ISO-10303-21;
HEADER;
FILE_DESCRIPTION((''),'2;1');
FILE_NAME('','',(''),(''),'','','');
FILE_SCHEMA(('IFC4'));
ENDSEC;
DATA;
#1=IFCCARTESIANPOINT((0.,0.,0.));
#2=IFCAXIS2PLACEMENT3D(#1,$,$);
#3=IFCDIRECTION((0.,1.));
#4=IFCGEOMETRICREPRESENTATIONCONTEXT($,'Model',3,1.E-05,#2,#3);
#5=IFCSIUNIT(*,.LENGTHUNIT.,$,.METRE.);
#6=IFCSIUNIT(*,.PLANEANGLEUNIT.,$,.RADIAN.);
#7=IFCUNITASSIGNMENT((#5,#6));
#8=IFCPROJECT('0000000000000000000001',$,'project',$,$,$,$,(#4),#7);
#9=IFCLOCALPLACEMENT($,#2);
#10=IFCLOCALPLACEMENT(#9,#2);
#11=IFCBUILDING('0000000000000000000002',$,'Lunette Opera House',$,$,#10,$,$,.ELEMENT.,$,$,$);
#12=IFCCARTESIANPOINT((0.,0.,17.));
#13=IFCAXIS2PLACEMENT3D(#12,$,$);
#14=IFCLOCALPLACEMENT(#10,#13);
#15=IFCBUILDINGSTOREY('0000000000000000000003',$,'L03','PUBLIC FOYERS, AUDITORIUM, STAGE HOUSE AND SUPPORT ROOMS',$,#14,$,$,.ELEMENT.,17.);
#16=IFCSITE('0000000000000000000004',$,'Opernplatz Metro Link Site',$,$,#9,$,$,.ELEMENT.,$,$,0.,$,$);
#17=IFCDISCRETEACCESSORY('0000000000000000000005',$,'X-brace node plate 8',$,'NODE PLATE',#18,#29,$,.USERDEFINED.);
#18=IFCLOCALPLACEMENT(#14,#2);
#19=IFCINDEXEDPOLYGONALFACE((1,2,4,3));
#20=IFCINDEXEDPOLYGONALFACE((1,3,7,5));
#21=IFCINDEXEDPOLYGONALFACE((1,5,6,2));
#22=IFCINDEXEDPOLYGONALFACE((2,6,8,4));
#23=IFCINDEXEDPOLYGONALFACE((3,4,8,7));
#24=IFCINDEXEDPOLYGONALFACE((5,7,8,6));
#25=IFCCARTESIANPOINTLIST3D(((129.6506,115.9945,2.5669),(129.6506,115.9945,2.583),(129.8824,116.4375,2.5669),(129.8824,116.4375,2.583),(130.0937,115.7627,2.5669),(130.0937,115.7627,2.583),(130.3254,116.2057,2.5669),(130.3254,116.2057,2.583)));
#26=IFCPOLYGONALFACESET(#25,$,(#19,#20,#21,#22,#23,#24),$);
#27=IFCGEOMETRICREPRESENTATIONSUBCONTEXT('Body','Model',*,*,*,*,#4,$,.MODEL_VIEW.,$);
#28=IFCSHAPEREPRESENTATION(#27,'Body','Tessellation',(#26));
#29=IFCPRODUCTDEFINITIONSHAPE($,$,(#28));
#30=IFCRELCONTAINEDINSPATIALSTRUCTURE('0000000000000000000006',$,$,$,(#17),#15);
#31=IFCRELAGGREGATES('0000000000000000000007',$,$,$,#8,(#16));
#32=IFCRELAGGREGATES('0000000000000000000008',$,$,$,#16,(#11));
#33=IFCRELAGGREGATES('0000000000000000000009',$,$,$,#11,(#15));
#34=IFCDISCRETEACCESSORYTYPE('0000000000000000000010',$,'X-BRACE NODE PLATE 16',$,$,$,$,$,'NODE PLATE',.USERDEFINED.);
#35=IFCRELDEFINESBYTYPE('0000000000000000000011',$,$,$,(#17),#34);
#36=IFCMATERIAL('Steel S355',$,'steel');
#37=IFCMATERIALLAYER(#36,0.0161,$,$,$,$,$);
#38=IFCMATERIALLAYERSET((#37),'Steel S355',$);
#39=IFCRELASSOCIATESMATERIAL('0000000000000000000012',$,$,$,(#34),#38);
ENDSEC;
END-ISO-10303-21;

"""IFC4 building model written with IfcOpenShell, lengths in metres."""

from ifc_helpers import new_model, si_unit, direction, frame, origin, origin_2d, place, context, subcontext, project, spatial, rectangle, extrude, material, layer, layer_set, type_object, element, save


model = new_model("IFC4")

# Units and contexts
model_context = context("Model", 3, precision=1e-05, world=origin(), true_north=direction((0.0, 1.0)))
body_context = subcontext(model_context, "Body", "Model", "MODEL_VIEW")
ifc_project = project(units=[si_unit("LENGTHUNIT", "METRE"), si_unit("PLANEANGLEUNIT", "RADIAN")], contexts=[model_context])

# Site, building, storey
site_placement = place(None, origin())
site = spatial("IfcSite", under=ifc_project, at=site_placement, Name="Opernplatz Metro Link Site", CompositionType="ELEMENT", RefElevation=0.0)
building_placement = place(site_placement, origin())
building = spatial("IfcBuilding", under=site, at=building_placement, Name="Lunette Opera House", CompositionType="ELEMENT")
storey_placement = place(building_placement, frame((0.0, 0.0, 17.0)))
storey = spatial("IfcBuildingStorey", under=building, at=storey_placement, Name="L03", Description="PUBLIC FOYERS, AUDITORIUM, STAGE HOUSE AND SUPPORT ROOMS", CompositionType="ELEMENT", Elevation=17.0)

# Discrete accessory
ifc_material_1 = material(Name="Steel S355", Category="steel")
ifc_layer_1 = layer(ifc_material_1, 0.0161)
ifc_layer_set_1 = layer_set([ifc_layer_1], Name="Steel S355")
discrete_accessory_type_1 = type_object("IfcDiscreteAccessoryType", Name="X-BRACE NODE PLATE 16", ElementType="NODE PLATE", PredefinedType="USERDEFINED", material=ifc_layer_set_1)
discrete_accessory_placement = place(storey_placement, frame((129.988, 116.1001, 2.5669), z_axis=(0.0, 0.0, 1.0), x_axis=(0.463547, 0.886073, 0.0)))
element("IfcDiscreteAccessory", 1, at=discrete_accessory_placement, inside=storey, type_object=discrete_accessory_type_1, Name="X-brace node plate 8", ObjectType="NODE PLATE", PredefinedType="USERDEFINED", context=body_context, shape_type="SweptSolid", body=[
    extrude(rectangle(XDim=0.5, YDim=0.5, at=origin_2d()), origin(), (0.0, 0.0, 1.0), 0.0161),
])

save(model, "model.ifc")
